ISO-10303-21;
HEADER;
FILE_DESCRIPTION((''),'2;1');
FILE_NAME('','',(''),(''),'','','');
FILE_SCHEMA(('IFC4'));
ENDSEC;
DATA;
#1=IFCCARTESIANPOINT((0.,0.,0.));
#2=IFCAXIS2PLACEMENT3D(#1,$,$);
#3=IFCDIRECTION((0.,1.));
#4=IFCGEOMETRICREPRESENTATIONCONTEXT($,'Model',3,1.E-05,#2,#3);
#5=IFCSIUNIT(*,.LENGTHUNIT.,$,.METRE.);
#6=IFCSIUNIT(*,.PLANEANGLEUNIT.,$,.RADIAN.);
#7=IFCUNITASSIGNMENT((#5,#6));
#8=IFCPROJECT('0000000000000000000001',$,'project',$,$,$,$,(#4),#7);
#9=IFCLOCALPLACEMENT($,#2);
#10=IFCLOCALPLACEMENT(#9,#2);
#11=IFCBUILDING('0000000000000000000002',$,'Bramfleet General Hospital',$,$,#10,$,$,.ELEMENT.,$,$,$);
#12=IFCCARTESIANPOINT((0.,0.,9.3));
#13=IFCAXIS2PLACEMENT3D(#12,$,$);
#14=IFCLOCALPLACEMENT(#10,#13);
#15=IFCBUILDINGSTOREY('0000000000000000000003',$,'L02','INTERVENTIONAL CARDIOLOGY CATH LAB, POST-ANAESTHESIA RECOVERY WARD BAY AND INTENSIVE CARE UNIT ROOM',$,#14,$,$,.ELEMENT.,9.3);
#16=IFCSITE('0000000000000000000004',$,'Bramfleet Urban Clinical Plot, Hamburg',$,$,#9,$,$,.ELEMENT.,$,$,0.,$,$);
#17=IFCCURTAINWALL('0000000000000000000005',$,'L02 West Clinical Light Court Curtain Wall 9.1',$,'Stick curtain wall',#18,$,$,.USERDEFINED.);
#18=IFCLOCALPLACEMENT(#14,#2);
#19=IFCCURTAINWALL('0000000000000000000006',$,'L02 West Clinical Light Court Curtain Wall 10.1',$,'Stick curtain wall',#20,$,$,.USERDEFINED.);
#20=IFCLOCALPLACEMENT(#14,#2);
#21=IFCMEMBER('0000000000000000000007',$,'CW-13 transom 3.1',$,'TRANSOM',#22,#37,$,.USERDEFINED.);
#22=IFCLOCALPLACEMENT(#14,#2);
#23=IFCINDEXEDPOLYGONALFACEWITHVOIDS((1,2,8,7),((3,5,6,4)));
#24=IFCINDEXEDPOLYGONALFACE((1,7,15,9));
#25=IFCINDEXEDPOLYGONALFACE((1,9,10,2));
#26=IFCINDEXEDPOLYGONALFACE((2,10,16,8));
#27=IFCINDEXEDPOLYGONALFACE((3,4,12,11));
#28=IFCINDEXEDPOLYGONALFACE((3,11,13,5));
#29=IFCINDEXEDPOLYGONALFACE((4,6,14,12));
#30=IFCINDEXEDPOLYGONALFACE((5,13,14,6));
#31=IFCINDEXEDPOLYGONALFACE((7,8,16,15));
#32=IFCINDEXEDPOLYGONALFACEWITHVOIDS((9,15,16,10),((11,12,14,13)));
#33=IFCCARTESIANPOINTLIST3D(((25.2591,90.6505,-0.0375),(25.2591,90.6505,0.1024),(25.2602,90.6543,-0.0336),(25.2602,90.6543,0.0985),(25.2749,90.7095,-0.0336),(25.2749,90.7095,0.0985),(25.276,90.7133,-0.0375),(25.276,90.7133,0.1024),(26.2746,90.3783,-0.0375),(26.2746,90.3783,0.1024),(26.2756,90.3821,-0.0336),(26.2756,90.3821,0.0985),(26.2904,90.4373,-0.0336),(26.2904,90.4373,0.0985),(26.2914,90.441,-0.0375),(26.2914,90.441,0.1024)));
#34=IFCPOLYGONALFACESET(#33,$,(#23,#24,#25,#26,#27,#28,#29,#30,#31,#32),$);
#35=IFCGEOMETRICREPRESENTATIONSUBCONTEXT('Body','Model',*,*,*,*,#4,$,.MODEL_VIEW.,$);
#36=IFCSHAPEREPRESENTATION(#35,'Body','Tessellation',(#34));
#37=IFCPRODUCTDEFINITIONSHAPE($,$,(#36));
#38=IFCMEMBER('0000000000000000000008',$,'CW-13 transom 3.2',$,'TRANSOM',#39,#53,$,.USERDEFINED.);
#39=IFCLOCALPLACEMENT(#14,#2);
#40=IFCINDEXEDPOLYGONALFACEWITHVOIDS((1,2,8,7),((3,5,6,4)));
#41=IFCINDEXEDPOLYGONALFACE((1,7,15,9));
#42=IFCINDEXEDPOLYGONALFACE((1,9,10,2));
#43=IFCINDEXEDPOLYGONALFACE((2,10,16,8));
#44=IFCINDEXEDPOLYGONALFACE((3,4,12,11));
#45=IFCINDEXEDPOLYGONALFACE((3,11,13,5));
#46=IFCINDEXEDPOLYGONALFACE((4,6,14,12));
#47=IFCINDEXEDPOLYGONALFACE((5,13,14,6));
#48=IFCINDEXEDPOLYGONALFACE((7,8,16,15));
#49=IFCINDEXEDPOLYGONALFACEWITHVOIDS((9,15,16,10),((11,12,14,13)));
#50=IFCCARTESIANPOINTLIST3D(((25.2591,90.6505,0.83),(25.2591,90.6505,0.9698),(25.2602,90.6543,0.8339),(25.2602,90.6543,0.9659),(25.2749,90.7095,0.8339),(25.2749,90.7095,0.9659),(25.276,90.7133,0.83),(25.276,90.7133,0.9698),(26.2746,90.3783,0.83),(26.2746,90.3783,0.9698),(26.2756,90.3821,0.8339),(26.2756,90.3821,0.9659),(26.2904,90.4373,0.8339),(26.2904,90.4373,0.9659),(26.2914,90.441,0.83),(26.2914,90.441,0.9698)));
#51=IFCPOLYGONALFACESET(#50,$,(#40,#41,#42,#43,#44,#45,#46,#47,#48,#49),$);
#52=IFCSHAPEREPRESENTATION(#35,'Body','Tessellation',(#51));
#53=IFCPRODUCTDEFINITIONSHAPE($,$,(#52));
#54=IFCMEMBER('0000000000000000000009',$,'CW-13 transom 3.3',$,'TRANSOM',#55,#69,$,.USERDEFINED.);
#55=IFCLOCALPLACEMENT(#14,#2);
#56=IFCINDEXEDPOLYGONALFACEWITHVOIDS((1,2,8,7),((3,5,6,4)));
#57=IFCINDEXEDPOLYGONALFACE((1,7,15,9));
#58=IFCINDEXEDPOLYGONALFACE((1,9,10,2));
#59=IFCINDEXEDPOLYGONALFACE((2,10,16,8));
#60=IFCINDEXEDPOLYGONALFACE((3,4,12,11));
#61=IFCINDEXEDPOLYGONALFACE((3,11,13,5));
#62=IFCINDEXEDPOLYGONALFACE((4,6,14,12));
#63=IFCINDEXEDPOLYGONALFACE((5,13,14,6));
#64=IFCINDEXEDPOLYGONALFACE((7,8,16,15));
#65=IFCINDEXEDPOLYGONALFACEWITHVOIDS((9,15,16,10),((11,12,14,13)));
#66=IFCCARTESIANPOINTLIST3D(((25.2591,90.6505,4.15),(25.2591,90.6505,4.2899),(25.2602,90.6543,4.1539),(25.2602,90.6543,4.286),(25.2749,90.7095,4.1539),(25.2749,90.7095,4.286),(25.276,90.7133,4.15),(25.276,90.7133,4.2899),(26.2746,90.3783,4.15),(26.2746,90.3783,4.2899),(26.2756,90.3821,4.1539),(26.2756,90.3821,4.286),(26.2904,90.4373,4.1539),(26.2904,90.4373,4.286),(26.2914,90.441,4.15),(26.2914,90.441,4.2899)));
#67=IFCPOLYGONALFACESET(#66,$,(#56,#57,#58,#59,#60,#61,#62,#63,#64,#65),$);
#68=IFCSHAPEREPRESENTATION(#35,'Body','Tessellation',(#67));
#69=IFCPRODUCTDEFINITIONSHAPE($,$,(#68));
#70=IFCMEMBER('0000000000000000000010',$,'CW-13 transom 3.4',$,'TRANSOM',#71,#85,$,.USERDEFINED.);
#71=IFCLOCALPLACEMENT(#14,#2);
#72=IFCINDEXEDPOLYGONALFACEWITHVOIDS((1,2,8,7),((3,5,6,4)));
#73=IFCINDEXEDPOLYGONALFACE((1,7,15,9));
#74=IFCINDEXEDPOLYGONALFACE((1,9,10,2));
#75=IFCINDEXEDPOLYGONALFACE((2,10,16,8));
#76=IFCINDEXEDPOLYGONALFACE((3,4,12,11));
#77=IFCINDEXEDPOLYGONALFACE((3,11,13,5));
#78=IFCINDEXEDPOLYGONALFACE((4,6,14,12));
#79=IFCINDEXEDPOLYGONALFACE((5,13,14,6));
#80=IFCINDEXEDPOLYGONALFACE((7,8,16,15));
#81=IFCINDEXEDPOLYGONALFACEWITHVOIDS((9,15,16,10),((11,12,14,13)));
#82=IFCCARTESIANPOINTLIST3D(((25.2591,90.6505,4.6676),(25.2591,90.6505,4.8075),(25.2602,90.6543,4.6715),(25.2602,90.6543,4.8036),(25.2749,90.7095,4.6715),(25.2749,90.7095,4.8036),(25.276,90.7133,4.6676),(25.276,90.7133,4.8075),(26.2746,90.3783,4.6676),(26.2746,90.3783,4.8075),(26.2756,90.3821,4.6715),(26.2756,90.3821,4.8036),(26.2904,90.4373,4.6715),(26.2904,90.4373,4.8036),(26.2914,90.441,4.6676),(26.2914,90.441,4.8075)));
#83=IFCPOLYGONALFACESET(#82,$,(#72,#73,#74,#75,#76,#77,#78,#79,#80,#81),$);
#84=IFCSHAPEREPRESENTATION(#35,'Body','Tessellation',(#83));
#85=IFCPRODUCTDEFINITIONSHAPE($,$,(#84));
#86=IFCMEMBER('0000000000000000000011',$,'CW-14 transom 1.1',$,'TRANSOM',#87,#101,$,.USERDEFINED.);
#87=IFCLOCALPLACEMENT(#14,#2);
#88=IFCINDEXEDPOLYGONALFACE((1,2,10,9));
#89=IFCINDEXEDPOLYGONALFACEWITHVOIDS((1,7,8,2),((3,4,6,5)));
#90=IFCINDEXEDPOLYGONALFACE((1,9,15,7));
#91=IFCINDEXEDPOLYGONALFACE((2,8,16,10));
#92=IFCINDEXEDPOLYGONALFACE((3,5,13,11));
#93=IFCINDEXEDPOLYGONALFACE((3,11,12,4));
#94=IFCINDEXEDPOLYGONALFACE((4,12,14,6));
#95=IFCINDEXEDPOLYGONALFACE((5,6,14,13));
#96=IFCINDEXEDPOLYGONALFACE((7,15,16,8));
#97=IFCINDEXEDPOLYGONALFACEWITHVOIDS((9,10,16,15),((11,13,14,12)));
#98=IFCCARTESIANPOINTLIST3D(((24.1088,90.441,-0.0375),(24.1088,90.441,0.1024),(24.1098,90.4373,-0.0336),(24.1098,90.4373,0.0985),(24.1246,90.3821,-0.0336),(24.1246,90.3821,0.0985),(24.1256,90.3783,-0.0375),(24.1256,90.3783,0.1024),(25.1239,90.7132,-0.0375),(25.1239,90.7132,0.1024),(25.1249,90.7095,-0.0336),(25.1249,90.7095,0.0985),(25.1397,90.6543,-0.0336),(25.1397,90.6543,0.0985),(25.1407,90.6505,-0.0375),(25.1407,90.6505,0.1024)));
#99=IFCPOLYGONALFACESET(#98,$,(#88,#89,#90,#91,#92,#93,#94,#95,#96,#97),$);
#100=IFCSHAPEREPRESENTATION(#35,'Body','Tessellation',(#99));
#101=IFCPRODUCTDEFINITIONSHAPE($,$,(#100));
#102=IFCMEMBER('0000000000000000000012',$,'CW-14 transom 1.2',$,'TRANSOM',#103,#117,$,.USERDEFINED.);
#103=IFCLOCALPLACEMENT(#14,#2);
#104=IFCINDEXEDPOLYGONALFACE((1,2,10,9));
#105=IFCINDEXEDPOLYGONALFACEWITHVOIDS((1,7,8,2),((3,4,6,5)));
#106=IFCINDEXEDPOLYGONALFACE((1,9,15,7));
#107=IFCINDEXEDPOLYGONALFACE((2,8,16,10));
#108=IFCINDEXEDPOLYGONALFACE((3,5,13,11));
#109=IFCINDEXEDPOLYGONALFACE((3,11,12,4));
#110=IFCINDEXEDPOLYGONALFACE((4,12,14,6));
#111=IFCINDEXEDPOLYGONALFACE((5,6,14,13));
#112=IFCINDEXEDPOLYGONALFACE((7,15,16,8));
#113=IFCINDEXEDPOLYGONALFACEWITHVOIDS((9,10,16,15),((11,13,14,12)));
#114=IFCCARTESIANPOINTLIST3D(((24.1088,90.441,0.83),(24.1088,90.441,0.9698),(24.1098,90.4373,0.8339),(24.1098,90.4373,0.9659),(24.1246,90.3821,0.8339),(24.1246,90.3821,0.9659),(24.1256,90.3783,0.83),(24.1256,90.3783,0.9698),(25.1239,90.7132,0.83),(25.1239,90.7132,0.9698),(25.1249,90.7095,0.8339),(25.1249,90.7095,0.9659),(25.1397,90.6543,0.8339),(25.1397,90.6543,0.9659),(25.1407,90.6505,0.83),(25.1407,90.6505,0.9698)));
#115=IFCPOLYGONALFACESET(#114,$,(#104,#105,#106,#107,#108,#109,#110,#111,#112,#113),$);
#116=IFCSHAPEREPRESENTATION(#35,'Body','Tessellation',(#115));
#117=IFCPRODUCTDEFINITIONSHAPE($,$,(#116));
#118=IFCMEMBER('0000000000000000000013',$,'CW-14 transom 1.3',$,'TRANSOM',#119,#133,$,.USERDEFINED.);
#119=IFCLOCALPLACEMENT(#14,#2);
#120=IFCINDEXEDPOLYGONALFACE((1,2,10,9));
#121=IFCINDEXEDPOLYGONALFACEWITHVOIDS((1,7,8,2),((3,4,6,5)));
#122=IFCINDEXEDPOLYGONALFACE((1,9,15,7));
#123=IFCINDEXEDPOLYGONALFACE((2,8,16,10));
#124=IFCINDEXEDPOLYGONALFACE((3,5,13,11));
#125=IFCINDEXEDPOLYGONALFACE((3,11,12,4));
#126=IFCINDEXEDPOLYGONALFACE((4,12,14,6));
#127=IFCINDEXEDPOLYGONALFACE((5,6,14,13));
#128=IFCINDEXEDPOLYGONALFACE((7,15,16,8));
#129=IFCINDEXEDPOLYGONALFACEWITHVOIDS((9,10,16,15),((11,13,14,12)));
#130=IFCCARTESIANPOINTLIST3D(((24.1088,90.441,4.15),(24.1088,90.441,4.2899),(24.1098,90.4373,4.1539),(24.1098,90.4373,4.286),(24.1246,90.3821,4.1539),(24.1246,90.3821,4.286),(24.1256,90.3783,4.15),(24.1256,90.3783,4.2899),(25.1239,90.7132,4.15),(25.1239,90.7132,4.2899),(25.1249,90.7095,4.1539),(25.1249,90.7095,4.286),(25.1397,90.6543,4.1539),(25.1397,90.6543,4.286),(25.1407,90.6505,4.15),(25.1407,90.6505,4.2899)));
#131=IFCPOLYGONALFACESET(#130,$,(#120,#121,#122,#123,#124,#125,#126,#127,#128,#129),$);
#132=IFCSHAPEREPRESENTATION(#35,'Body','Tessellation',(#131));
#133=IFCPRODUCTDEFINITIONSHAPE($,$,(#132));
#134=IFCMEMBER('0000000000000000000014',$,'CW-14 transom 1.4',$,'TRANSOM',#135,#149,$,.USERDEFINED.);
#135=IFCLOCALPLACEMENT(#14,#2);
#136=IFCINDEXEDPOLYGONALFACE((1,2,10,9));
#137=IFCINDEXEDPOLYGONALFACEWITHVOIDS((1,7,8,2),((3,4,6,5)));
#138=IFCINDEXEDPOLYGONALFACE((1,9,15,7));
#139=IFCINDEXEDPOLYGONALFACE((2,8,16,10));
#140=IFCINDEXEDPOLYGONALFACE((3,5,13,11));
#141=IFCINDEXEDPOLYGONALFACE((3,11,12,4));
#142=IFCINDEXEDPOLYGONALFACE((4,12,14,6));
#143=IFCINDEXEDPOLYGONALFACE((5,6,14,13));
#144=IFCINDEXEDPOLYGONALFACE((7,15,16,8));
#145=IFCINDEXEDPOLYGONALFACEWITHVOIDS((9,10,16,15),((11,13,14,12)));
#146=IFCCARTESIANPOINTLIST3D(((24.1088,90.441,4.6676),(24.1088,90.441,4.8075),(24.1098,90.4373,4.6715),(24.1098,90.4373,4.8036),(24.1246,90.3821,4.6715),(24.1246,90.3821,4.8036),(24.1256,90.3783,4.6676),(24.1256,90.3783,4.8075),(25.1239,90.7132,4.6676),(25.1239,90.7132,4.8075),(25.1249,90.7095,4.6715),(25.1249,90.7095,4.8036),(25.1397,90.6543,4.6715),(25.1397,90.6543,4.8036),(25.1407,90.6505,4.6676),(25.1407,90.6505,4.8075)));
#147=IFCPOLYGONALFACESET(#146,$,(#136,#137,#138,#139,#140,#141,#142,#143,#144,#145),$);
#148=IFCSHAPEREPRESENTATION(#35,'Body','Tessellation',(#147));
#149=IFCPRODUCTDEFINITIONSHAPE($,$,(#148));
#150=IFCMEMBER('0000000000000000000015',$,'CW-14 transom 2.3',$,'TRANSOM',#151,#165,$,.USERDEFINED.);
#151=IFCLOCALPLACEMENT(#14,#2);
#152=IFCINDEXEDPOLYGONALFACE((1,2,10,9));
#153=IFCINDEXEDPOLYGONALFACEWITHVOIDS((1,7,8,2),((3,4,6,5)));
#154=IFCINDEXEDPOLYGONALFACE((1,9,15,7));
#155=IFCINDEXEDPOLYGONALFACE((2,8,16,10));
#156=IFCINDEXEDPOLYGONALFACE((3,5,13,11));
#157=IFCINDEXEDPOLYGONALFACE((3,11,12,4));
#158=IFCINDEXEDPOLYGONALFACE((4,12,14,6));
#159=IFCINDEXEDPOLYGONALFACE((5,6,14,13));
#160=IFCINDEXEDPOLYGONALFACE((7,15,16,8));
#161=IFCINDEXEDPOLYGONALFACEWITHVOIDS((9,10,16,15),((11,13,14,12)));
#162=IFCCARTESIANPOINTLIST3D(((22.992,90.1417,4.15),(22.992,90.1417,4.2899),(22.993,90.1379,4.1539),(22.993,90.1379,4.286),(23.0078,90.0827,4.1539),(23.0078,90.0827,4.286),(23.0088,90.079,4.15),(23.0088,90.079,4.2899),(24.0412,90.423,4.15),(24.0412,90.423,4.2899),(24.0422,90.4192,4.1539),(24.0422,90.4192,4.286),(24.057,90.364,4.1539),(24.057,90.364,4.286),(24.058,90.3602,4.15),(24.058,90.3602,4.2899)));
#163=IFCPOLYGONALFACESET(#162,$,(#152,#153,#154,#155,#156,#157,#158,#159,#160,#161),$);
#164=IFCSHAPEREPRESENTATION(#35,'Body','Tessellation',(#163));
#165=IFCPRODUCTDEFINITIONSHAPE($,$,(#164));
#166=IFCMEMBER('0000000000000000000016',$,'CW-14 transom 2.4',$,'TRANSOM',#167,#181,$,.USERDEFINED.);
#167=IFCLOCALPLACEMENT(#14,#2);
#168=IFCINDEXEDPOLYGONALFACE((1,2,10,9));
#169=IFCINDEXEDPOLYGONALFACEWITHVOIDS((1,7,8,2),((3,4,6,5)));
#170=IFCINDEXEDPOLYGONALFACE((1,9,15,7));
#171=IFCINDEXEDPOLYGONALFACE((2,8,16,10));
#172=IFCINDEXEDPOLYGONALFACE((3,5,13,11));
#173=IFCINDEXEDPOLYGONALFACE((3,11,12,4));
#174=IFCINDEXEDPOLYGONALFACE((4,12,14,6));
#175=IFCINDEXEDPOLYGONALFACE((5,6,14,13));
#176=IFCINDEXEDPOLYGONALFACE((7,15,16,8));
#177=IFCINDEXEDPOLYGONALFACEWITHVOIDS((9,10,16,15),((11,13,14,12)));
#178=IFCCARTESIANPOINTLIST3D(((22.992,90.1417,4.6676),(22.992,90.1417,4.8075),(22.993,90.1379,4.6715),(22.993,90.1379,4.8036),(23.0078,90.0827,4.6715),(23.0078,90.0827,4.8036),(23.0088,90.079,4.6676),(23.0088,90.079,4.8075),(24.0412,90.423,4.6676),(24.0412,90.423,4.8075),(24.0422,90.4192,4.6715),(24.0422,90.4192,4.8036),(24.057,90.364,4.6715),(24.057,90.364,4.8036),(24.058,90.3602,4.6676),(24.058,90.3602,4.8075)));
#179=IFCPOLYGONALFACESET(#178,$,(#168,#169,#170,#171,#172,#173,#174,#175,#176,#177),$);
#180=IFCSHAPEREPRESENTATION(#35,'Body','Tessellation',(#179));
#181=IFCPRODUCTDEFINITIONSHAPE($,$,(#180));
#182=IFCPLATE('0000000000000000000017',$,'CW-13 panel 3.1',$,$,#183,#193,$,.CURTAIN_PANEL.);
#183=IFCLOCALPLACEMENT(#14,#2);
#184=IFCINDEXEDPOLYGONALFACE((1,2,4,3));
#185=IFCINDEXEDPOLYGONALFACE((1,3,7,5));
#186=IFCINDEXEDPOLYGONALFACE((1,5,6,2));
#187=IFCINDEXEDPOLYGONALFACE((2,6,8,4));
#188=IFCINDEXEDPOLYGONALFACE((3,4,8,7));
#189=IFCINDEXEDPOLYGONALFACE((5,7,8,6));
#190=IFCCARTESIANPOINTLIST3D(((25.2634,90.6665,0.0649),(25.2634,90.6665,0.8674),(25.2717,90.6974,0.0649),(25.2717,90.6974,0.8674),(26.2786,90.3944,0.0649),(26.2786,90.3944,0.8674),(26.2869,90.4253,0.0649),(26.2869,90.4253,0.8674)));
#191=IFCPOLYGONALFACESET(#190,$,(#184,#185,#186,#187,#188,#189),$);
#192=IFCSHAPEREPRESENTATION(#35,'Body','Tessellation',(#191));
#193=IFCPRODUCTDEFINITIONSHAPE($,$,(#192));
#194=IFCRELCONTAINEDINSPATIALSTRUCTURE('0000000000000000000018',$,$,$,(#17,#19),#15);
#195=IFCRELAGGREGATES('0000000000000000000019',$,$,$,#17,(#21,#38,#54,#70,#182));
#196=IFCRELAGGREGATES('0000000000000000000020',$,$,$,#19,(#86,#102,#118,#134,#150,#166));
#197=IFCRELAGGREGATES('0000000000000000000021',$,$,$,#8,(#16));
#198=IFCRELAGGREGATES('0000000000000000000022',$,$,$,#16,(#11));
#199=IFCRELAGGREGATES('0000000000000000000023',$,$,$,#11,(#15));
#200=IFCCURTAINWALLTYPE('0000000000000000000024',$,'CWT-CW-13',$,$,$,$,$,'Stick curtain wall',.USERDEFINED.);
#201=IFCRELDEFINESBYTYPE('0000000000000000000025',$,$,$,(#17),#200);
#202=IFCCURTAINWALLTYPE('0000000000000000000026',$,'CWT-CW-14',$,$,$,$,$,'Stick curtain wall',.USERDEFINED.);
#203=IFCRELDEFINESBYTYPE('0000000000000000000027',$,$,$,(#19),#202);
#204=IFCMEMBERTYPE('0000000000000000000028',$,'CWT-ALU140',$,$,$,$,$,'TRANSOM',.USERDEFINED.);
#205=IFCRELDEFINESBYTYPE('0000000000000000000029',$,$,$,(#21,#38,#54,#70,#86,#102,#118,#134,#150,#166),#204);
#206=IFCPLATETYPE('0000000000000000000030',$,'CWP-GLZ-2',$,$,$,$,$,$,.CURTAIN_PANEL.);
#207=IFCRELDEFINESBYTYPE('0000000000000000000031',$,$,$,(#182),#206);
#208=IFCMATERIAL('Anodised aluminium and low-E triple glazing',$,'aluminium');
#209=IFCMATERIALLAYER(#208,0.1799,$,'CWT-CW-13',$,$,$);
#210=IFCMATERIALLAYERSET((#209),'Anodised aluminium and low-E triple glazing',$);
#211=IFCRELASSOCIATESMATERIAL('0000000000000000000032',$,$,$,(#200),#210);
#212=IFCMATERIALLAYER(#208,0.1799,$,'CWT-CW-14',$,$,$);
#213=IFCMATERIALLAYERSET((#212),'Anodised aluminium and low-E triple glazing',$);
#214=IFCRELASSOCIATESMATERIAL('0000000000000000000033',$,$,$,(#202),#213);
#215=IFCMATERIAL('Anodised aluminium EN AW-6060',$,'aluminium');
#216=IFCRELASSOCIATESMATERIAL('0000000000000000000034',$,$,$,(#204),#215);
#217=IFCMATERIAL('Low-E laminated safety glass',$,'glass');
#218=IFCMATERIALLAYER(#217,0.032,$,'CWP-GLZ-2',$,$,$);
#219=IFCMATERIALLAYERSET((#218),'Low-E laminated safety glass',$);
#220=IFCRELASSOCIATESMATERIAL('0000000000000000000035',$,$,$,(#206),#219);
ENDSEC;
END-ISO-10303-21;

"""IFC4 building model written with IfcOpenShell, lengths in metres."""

from ifc_helpers import new_model, si_unit, direction, frame, origin, origin_2d, place, context, subcontext, project, spatial, rectangle, hollow_rectangle, extrude, material, layer, layer_set, material_profile, profile_set, type_object, element, aggregate, save


model = new_model("IFC4")

# Units and contexts
model_context = context("Model", 3, precision=1e-05, world=origin(), true_north=direction((0.0, 1.0)))
body_context = subcontext(model_context, "Body", "Model", "MODEL_VIEW")
ifc_project = project(units=[si_unit("LENGTHUNIT", "METRE"), si_unit("PLANEANGLEUNIT", "RADIAN")], contexts=[model_context])

# Site, building, storey
site_placement = place(None, origin())
site = spatial("IfcSite", under=ifc_project, at=site_placement, Name="Bramfleet Urban Clinical Plot, Hamburg", CompositionType="ELEMENT", RefElevation=0.0)
building_placement = place(site_placement, origin())
building = spatial("IfcBuilding", under=site, at=building_placement, Name="Bramfleet General Hospital", CompositionType="ELEMENT")
storey_placement = place(building_placement, frame((0.0, 0.0, 9.3)))
storey = spatial("IfcBuildingStorey", under=building, at=storey_placement, Name="L02", Description="INTERVENTIONAL CARDIOLOGY CATH LAB, POST-ANAESTHESIA RECOVERY WARD BAY AND INTENSIVE CARE UNIT ROOM", CompositionType="ELEMENT", Elevation=9.3)

# Curtain walls
ifc_material_1 = material(Name="Anodised aluminium and low-E triple glazing", Category="aluminium")
ifc_layer_1 = layer(ifc_material_1, 0.1799, Name="CWT-CW-13")
ifc_layer_set_1 = layer_set([ifc_layer_1], Name="Anodised aluminium and low-E triple glazing")
curtain_wall_type_1 = type_object("IfcCurtainWallType", Name="CWT-CW-13", ElementType="Stick curtain wall", PredefinedType="USERDEFINED", material=ifc_layer_set_1)
curtain_wall_1_placement = place(storey_placement, origin())
curtain_wall_1 = element("IfcCurtainWall", 1, at=curtain_wall_1_placement, inside=storey, type_object=curtain_wall_type_1, Name="L02 West Clinical Light Court Curtain Wall 9.1", ObjectType="Stick curtain wall", PredefinedType="USERDEFINED")
ifc_material_2 = material(Name="Anodised aluminium EN AW-6060", Category="aluminium")
ifc_layer_2 = layer(ifc_material_1, 0.1799, Name="CWT-CW-14")
ifc_layer_set_2 = layer_set([ifc_layer_2], Name="Anodised aluminium and low-E triple glazing")
curtain_wall_type_2 = type_object("IfcCurtainWallType", Name="CWT-CW-14", ElementType="Stick curtain wall", PredefinedType="USERDEFINED", material=ifc_layer_set_2)
curtain_wall_2_placement = place(storey_placement, origin())
curtain_wall_2 = element("IfcCurtainWall", 2, at=curtain_wall_2_placement, inside=storey, type_object=curtain_wall_type_2, Name="L02 West Clinical Light Court Curtain Wall 10.1", ObjectType="Stick curtain wall", PredefinedType="USERDEFINED")

# Members
ifc_material_profile_1 = material_profile(ifc_material_2, hollow_rectangle(XDim=0.0649, YDim=0.1399, WallThickness=0.0039, at=origin_2d()), Name="ALU 140x65x4.0")
ifc_profile_set_1 = profile_set([ifc_material_profile_1], Name="Anodised aluminium EN AW-6060")
member_type_1 = type_object("IfcMemberType", Name="CWT-ALU140", ElementType="TRANSOM", PredefinedType="USERDEFINED", material=ifc_profile_set_1)
member_1_placement = place(storey_placement, frame((26.283, 90.4097, 0.0325), z_axis=(-0.965891, 0.258949, 0.0), x_axis=(-0.258949, -0.965891, 0.0)))
member_1 = element("IfcMember", 3, at=member_1_placement, type_object=member_type_1, Name="CW-13 transom 3.1", ObjectType="TRANSOM", PredefinedType="USERDEFINED", context=body_context, shape_type="SweptSolid", body=[
    extrude(hollow_rectangle(XDim=0.0649, YDim=0.1399, WallThickness=0.0039, at=origin_2d()), origin(), (0.0, 0.0, 1.0), 1.0513),
])
member_2_placement = place(storey_placement, frame((26.283, 90.4097, 0.8999), z_axis=(-0.965891, 0.258949, 0.0), x_axis=(-0.258949, -0.965891, 0.0)))
member_2 = element("IfcMember", 4, at=member_2_placement, type_object=member_type_1, Name="CW-13 transom 3.2", ObjectType="TRANSOM", PredefinedType="USERDEFINED", context=body_context, shape_type="SweptSolid", body=[
    extrude(hollow_rectangle(XDim=0.0649, YDim=0.1399, WallThickness=0.0039, at=origin_2d()), origin(), (0.0, 0.0, 1.0), 1.0513),
])
member_3_placement = place(storey_placement, frame((26.283, 90.4097, 4.22), z_axis=(-0.965891, 0.258949, 0.0), x_axis=(-0.258949, -0.965891, 0.0)))
member_3 = element("IfcMember", 5, at=member_3_placement, type_object=member_type_1, Name="CW-13 transom 3.3", ObjectType="TRANSOM", PredefinedType="USERDEFINED", context=body_context, shape_type="SweptSolid", body=[
    extrude(hollow_rectangle(XDim=0.0649, YDim=0.1399, WallThickness=0.0039, at=origin_2d()), origin(), (0.0, 0.0, 1.0), 1.0513),
])
member_4_placement = place(storey_placement, frame((26.283, 90.4097, 4.7375), z_axis=(-0.965891, 0.258949, 0.0), x_axis=(-0.258949, -0.965891, 0.0)))
member_4 = element("IfcMember", 6, at=member_4_placement, type_object=member_type_1, Name="CW-13 transom 3.4", ObjectType="TRANSOM", PredefinedType="USERDEFINED", context=body_context, shape_type="SweptSolid", body=[
    extrude(hollow_rectangle(XDim=0.0649, YDim=0.1399, WallThickness=0.0039, at=origin_2d()), origin(), (0.0, 0.0, 1.0), 1.0513),
])
member_5_placement = place(storey_placement, frame((25.1323, 90.6819, 0.0325), z_axis=(-0.965875, -0.259007, 0.0), x_axis=(0.259007, -0.965875, 0.0)))
member_5 = element("IfcMember", 7, at=member_5_placement, type_object=member_type_1, Name="CW-14 transom 1.1", ObjectType="TRANSOM", PredefinedType="USERDEFINED", context=body_context, shape_type="SweptSolid", body=[
    extrude(hollow_rectangle(XDim=0.0649, YDim=0.1399, WallThickness=0.0039, at=origin_2d()), origin(), (0.0, 0.0, 1.0), 1.051),
])
member_6_placement = place(storey_placement, frame((25.1323, 90.6819, 0.8999), z_axis=(-0.965875, -0.259007, 0.0), x_axis=(0.259007, -0.965875, 0.0)))
member_6 = element("IfcMember", 8, at=member_6_placement, type_object=member_type_1, Name="CW-14 transom 1.2", ObjectType="TRANSOM", PredefinedType="USERDEFINED", context=body_context, shape_type="SweptSolid", body=[
    extrude(hollow_rectangle(XDim=0.0649, YDim=0.1399, WallThickness=0.0039, at=origin_2d()), origin(), (0.0, 0.0, 1.0), 1.051),
])
member_7_placement = place(storey_placement, frame((25.1323, 90.6819, 4.22), z_axis=(-0.965875, -0.259007, 0.0), x_axis=(0.259007, -0.965875, 0.0)))
member_7 = element("IfcMember", 9, at=member_7_placement, type_object=member_type_1, Name="CW-14 transom 1.3", ObjectType="TRANSOM", PredefinedType="USERDEFINED", context=body_context, shape_type="SweptSolid", body=[
    extrude(hollow_rectangle(XDim=0.0649, YDim=0.1399, WallThickness=0.0039, at=origin_2d()), origin(), (0.0, 0.0, 1.0), 1.051),
])
member_8_placement = place(storey_placement, frame((25.1323, 90.6819, 4.7375), z_axis=(-0.965875, -0.259007, 0.0), x_axis=(0.259007, -0.965875, 0.0)))
member_8 = element("IfcMember", 10, at=member_8_placement, type_object=member_type_1, Name="CW-14 transom 1.4", ObjectType="TRANSOM", PredefinedType="USERDEFINED", context=body_context, shape_type="SweptSolid", body=[
    extrude(hollow_rectangle(XDim=0.0649, YDim=0.1399, WallThickness=0.0039, at=origin_2d()), origin(), (0.0, 0.0, 1.0), 1.051),
])
member_9_placement = place(storey_placement, frame((24.0496, 90.3916, 4.22), z_axis=(-0.965891, -0.25895, 0.0), x_axis=(0.25895, -0.965891, 0.0)))
member_9 = element("IfcMember", 11, at=member_9_placement, type_object=member_type_1, Name="CW-14 transom 2.3", ObjectType="TRANSOM", PredefinedType="USERDEFINED", context=body_context, shape_type="SweptSolid", body=[
    extrude(hollow_rectangle(XDim=0.0649, YDim=0.1399, WallThickness=0.0039, at=origin_2d()), origin(), (0.0, 0.0, 1.0), 1.0862),
])
member_10_placement = place(storey_placement, frame((24.0496, 90.3916, 4.7375), z_axis=(-0.965891, -0.25895, 0.0), x_axis=(0.25895, -0.965891, 0.0)))
member_10 = element("IfcMember", 12, at=member_10_placement, type_object=member_type_1, Name="CW-14 transom 2.4", ObjectType="TRANSOM", PredefinedType="USERDEFINED", context=body_context, shape_type="SweptSolid", body=[
    extrude(hollow_rectangle(XDim=0.0649, YDim=0.1399, WallThickness=0.0039, at=origin_2d()), origin(), (0.0, 0.0, 1.0), 1.0862),
])

# Plate
ifc_material_3 = material(Name="Low-E laminated safety glass", Category="glass")
ifc_layer_3 = layer(ifc_material_3, 0.032, Name="CWP-GLZ-2")
ifc_layer_set_3 = layer_set([ifc_layer_3], Name="Low-E laminated safety glass")
plate_type = type_object("IfcPlateType", Name="CWP-GLZ-2", PredefinedType="CURTAIN_PANEL", material=ifc_layer_set_3)
plate_1_placement = place(storey_placement, frame((25.7751, 90.5459, 0.0649), z_axis=(0.0, 0.0, 1.0), x_axis=(-0.965899, 0.258919, 0.0)))
plate_1 = element("IfcPlate", 13, at=plate_1_placement, type_object=plate_type, Name="CW-13 panel 3.1", PredefinedType="CURTAIN_PANEL", context=body_context, shape_type="SweptSolid", body=[
    extrude(rectangle(XDim=1.051, YDim=0.032, at=origin_2d()), origin(), (0.0, 0.0, 1.0), 0.8025),
])
aggregate(curtain_wall_1, [member_1, member_2, member_3, member_4, plate_1])
aggregate(curtain_wall_2, [member_5, member_6, member_7, member_8, member_9, member_10])

save(model, "model.ifc")
